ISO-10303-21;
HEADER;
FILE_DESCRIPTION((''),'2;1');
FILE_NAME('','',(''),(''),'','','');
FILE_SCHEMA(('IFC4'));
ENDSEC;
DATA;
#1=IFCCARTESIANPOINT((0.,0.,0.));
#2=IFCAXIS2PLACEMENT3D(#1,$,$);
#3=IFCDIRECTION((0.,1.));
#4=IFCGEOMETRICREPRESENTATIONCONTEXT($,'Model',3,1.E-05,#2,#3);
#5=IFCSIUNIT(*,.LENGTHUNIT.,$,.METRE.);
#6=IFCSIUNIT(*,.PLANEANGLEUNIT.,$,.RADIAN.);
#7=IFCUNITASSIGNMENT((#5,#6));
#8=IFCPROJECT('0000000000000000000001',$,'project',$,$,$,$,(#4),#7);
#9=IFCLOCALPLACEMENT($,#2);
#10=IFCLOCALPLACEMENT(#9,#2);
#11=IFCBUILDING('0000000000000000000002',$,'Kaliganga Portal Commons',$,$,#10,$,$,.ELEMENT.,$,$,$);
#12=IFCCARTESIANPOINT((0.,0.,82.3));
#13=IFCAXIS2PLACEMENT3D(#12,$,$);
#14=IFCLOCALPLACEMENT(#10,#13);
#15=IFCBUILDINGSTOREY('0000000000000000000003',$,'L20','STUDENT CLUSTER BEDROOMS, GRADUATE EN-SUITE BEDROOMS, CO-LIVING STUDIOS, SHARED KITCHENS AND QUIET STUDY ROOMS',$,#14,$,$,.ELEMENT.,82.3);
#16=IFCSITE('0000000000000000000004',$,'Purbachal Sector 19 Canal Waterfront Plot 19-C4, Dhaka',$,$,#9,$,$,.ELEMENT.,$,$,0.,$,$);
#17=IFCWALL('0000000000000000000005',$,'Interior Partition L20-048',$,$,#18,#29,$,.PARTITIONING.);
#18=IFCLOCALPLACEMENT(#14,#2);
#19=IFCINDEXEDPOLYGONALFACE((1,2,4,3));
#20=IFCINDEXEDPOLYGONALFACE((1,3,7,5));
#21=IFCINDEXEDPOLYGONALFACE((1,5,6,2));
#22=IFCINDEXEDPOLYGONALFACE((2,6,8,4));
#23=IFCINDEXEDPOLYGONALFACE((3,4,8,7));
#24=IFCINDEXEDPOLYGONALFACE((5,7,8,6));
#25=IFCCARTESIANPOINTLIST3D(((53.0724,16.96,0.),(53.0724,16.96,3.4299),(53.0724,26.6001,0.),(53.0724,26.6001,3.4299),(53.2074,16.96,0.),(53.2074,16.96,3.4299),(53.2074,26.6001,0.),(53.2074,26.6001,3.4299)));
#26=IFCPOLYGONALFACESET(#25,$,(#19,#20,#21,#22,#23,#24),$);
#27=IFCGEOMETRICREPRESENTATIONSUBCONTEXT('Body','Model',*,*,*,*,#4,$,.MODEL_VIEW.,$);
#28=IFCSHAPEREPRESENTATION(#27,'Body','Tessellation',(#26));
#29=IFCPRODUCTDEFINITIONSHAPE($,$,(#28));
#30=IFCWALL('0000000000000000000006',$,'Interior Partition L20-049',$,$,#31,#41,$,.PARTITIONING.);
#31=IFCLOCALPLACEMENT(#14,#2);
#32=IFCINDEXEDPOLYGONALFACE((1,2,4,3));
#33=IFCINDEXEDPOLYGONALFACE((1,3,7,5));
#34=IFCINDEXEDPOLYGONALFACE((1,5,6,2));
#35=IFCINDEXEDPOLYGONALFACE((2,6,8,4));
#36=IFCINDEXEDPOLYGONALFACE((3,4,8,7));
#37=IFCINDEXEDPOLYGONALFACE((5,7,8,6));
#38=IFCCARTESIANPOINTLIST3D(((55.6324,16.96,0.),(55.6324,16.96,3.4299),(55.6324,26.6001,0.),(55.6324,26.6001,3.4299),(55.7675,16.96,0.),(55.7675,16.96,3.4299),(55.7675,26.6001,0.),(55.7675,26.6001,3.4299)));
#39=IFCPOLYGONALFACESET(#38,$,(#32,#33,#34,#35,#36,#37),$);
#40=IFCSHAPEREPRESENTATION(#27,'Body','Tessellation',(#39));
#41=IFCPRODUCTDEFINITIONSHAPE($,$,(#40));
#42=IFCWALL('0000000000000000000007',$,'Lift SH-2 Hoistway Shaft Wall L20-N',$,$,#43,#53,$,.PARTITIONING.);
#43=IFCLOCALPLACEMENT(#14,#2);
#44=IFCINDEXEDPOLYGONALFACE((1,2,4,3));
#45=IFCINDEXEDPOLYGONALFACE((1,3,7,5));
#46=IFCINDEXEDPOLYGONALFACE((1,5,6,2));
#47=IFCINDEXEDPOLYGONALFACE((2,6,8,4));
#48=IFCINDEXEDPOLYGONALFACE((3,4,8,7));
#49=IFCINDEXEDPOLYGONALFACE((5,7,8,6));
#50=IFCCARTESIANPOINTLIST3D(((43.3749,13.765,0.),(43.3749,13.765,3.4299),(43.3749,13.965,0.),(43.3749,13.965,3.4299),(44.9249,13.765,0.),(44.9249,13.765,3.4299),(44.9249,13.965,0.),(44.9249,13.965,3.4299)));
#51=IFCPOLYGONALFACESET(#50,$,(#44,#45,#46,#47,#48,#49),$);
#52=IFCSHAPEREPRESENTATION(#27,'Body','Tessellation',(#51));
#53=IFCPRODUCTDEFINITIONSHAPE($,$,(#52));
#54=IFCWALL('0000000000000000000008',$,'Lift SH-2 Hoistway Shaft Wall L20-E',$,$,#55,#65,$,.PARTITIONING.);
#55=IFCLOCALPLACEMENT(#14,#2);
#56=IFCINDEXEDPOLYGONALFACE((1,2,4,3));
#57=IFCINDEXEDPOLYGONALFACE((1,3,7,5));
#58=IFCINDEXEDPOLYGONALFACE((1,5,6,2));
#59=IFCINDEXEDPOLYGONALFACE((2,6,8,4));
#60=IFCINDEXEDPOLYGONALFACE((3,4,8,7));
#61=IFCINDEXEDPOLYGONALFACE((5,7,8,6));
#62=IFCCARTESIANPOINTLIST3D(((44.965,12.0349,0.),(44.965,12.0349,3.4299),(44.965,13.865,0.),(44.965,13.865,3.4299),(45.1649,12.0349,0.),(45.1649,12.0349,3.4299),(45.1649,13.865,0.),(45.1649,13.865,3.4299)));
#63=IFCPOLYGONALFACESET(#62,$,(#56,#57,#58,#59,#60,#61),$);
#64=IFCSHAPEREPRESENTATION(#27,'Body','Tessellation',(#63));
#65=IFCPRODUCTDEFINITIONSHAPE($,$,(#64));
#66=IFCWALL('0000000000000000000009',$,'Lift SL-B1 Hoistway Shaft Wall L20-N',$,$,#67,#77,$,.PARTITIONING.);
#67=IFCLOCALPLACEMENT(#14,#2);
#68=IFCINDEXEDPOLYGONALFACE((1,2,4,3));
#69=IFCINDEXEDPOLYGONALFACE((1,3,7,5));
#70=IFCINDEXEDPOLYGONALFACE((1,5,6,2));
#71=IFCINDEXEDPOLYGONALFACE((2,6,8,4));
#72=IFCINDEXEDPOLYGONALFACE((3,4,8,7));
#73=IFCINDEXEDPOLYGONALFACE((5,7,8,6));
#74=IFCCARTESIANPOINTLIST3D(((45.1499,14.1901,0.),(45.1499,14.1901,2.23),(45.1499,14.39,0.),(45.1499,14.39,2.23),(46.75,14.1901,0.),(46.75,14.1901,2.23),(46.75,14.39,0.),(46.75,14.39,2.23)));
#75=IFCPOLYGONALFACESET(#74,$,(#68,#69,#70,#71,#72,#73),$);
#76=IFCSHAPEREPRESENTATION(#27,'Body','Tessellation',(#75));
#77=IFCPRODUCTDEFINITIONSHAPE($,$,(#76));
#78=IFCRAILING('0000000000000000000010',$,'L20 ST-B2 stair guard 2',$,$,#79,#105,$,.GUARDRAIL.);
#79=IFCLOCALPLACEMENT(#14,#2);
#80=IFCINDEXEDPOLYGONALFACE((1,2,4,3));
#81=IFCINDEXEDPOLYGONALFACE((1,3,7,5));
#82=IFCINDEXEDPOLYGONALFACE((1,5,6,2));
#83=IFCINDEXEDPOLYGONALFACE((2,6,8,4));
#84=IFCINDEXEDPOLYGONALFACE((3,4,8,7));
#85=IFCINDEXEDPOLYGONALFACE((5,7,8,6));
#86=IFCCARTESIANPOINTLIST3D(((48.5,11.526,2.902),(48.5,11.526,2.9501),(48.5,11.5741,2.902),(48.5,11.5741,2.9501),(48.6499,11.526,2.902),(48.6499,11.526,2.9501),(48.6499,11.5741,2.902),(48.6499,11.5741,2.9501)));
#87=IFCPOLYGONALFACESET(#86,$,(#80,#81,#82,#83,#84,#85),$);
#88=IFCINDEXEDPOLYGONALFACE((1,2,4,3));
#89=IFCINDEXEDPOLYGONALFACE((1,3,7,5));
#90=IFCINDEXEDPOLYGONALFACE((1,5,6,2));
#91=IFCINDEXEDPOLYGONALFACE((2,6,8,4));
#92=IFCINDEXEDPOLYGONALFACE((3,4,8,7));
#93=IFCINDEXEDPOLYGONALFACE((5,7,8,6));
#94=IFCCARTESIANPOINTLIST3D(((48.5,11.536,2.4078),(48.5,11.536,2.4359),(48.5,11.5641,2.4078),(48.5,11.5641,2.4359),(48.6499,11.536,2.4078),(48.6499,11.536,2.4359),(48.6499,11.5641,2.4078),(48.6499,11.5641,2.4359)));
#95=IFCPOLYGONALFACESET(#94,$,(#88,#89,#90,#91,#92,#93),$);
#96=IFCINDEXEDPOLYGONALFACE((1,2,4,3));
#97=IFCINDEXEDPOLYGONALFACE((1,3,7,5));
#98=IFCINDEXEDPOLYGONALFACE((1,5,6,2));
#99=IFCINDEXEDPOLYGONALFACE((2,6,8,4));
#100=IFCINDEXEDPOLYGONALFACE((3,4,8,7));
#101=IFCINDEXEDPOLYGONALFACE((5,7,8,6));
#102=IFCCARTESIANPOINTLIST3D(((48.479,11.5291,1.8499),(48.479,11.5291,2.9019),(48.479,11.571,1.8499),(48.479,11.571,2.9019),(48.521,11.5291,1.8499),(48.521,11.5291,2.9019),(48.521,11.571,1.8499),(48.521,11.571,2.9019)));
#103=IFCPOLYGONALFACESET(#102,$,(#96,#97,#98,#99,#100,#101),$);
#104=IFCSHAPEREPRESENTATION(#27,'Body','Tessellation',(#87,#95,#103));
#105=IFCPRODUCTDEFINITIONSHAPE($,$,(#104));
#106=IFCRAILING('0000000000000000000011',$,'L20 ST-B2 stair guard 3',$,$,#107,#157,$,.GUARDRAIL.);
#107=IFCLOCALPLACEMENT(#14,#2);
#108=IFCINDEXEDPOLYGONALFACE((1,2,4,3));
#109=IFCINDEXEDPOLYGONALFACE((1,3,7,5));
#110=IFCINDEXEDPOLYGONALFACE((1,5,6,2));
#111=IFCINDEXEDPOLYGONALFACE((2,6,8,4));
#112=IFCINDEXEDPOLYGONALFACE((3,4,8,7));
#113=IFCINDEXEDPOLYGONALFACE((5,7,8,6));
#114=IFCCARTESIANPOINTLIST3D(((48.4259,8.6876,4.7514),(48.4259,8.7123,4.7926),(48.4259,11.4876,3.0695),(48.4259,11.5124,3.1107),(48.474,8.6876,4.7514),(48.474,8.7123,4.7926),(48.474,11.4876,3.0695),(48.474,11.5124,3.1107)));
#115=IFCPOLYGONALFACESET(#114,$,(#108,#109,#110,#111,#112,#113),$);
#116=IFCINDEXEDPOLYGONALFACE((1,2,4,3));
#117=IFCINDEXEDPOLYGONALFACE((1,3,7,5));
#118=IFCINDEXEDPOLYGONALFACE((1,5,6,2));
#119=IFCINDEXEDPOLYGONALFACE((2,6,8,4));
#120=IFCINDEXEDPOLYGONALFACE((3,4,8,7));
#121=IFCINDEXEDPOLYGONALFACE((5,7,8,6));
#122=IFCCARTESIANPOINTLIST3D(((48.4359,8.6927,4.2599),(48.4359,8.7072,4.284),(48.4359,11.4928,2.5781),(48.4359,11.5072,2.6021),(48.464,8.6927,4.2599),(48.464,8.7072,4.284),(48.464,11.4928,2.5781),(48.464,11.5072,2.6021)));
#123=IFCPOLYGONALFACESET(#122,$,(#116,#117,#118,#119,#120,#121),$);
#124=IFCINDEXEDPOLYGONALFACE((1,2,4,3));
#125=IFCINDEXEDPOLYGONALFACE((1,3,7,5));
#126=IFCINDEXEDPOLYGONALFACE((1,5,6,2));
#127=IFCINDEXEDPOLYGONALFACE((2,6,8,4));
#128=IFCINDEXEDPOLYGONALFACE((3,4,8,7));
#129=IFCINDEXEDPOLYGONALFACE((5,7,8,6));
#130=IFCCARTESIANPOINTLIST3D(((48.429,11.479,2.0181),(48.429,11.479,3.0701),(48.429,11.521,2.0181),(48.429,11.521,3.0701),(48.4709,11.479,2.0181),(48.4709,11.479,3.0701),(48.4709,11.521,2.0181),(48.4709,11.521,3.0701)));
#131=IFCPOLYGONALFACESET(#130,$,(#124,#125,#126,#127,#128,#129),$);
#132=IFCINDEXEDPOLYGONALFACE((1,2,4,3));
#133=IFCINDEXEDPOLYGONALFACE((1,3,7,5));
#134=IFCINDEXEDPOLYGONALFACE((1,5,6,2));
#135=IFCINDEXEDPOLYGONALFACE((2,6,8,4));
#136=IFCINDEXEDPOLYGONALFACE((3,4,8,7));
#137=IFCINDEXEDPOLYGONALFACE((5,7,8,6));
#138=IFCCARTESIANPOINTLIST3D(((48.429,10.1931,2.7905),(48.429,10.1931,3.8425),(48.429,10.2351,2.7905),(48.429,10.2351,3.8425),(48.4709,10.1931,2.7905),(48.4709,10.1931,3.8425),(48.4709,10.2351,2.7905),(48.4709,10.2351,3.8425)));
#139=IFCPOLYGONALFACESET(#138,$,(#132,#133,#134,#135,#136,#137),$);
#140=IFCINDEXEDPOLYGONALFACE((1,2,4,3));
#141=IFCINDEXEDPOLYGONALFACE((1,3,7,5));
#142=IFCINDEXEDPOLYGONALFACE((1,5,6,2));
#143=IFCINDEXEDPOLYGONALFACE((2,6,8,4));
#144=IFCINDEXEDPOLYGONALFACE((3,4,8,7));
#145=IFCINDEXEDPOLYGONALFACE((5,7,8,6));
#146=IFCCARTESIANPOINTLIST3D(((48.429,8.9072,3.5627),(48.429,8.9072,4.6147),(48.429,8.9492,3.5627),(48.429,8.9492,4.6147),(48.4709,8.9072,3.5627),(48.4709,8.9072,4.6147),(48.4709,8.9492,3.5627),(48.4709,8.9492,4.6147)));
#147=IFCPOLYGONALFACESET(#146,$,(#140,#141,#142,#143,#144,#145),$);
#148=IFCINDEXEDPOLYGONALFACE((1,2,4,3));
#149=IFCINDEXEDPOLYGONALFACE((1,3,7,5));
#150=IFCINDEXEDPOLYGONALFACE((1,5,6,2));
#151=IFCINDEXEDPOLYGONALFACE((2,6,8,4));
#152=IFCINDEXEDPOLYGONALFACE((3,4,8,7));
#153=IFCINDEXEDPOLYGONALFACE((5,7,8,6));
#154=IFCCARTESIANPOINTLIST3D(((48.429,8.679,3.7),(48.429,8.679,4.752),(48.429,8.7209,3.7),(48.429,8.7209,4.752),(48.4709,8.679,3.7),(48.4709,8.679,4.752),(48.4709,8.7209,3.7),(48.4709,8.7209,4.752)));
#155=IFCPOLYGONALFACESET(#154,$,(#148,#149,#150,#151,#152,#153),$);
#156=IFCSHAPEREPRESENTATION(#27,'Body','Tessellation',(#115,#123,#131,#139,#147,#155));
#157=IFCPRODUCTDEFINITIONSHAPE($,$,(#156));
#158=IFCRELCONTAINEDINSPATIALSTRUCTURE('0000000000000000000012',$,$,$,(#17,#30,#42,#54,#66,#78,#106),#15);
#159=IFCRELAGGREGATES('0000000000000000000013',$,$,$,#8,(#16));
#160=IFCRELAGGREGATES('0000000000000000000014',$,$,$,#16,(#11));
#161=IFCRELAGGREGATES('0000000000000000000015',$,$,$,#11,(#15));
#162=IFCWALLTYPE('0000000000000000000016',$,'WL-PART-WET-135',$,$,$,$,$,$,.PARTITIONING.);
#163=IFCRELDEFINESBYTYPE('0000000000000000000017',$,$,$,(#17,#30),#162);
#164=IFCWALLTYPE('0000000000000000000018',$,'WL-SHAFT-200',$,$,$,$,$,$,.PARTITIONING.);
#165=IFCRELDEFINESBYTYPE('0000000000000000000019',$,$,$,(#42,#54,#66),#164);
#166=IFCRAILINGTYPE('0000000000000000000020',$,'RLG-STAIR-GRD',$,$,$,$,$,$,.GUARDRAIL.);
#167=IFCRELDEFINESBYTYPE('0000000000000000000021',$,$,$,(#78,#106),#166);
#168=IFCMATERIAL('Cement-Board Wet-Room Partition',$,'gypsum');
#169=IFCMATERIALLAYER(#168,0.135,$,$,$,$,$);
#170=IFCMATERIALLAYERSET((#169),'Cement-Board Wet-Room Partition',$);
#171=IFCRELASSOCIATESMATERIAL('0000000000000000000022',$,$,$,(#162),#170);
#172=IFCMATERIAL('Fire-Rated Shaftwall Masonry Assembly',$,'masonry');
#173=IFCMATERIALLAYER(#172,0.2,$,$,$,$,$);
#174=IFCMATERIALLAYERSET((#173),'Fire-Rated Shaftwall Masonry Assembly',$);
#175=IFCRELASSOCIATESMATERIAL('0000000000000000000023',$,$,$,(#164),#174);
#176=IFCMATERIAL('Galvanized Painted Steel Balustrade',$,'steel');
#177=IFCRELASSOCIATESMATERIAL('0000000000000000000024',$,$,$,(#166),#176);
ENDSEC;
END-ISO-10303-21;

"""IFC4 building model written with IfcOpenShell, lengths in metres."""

from ifc_helpers import new_model, si_unit, direction, frame, frame_2d, origin, origin_2d, place, context, subcontext, project, spatial, rectangle, extrude, material, layer, layer_set, type_object, element, save


model = new_model("IFC4")

# Units and contexts
model_context = context("Model", 3, precision=1e-05, world=origin(), true_north=direction((0.0, 1.0)))
body_context = subcontext(model_context, "Body", "Model", "MODEL_VIEW")
ifc_project = project(units=[si_unit("LENGTHUNIT", "METRE"), si_unit("PLANEANGLEUNIT", "RADIAN")], contexts=[model_context])

# Site, building, storey
site_placement = place(None, origin())
site = spatial("IfcSite", under=ifc_project, at=site_placement, Name="Purbachal Sector 19 Canal Waterfront Plot 19-C4, Dhaka", CompositionType="ELEMENT", RefElevation=0.0)
building_placement = place(site_placement, origin())
building = spatial("IfcBuilding", under=site, at=building_placement, Name="Kaliganga Portal Commons", CompositionType="ELEMENT")
storey_placement = place(building_placement, frame((0.0, 0.0, 82.3)))
storey = spatial("IfcBuildingStorey", under=building, at=storey_placement, Name="L20", Description="STUDENT CLUSTER BEDROOMS, GRADUATE EN-SUITE BEDROOMS, CO-LIVING STUDIOS, SHARED KITCHENS AND QUIET STUDY ROOMS", CompositionType="ELEMENT", Elevation=82.3)

# Walls
ifc_material_1 = material(Name="Cement-Board Wet-Room Partition", Category="gypsum")
ifc_layer_1 = layer(ifc_material_1, 0.135)
ifc_layer_set_1 = layer_set([ifc_layer_1], Name="Cement-Board Wet-Room Partition")
wall_type_1 = type_object("IfcWallType", Name="WL-PART-WET-135", PredefinedType="PARTITIONING", material=ifc_layer_set_1)
for number, where, z_axis, x_axis, name in (
    (1, (53.1399, 16.96, 0.0), (0.0, 0.0, 1.0), (0.0, 1.0, 0.0), "Interior Partition L20-048"),
    (2, (55.7, 16.96, 0.0), (0.0, 0.0, 1.0), (0.0, 1.0, 0.0), "Interior Partition L20-049"),
):
    element("IfcWall", number, at=place(storey_placement, frame(where, z_axis=z_axis, x_axis=x_axis)), inside=storey, type_object=wall_type_1, Name=name, PredefinedType="PARTITIONING", context=body_context, shape_type="SweptSolid", body=[
        extrude(rectangle(XDim=9.6401, YDim=0.135, at=frame_2d((4.8201, 0.0))), origin(), (0.0, 0.0, 1.0), 3.4299),
    ])
ifc_material_2 = material(Name="Fire-Rated Shaftwall Masonry Assembly", Category="masonry")
ifc_layer_2 = layer(ifc_material_2, 0.2)
ifc_layer_set_2 = layer_set([ifc_layer_2], Name="Fire-Rated Shaftwall Masonry Assembly")
wall_type_2 = type_object("IfcWallType", Name="WL-SHAFT-200", PredefinedType="PARTITIONING", material=ifc_layer_set_2)
wall_1_placement = place(storey_placement, frame((43.375, 13.865, 0.0), z_axis=(0.0, 0.0, 1.0), x_axis=(1.0, 0.0, 0.0)))
element("IfcWall", 3, at=wall_1_placement, inside=storey, type_object=wall_type_2, Name="Lift SH-2 Hoistway Shaft Wall L20-N", PredefinedType="PARTITIONING", context=body_context, shape_type="SweptSolid", body=[
    extrude(rectangle(XDim=1.55, YDim=0.2, at=frame_2d((0.7749, 0.0))), origin(), (0.0, 0.0, 1.0), 3.4299),
])
wall_2_placement = place(storey_placement, frame((45.0649, 12.0349, 0.0), z_axis=(0.0, 0.0, 1.0), x_axis=(0.0, 1.0, 0.0)))
element("IfcWall", 4, at=wall_2_placement, inside=storey, type_object=wall_type_2, Name="Lift SH-2 Hoistway Shaft Wall L20-E", PredefinedType="PARTITIONING", context=body_context, shape_type="SweptSolid", body=[
    extrude(rectangle(XDim=1.8301, YDim=0.2, at=frame_2d((0.915, 0.0))), origin(), (0.0, 0.0, 1.0), 3.4299),
])

# Wall
wall_3_placement = place(storey_placement, frame((45.1499, 14.29, 0.0), z_axis=(0.0, 0.0, 1.0), x_axis=(1.0, 0.0, 0.0)))
element("IfcWall", 5, at=wall_3_placement, inside=storey, type_object=wall_type_2, Name="Lift SL-B1 Hoistway Shaft Wall L20-N", PredefinedType="PARTITIONING", context=body_context, shape_type="SweptSolid", body=[
    extrude(rectangle(XDim=1.6001, YDim=0.2, at=frame_2d((0.8, 0.0))), origin(), (0.0, 0.0, 1.0), 2.23),
])

# Railings
ifc_material_3 = material(Name="Galvanized Painted Steel Balustrade", Category="steel")
railing_type = type_object("IfcRailingType", Name="RLG-STAIR-GRD", PredefinedType="GUARDRAIL", material=ifc_material_3)
railing_1_placement = place(storey_placement, frame((48.6499, 11.55, 1.8499)))
element("IfcRailing", 6, at=railing_1_placement, inside=storey, type_object=railing_type, Name="L20 ST-B2 stair guard 2", PredefinedType="GUARDRAIL", context=body_context, shape_type="SweptSolid", body=[
    extrude(rectangle(XDim=0.0481, YDim=0.0481, at=origin_2d()), frame((0.0, 0.0, 1.0762), z_axis=(-1.0, 0.0, 0.0), x_axis=(0.0, -1.0, 0.0)), (0.0, 0.0, 1.0), 0.1499),
    extrude(rectangle(XDim=0.0281, YDim=0.0281, at=origin_2d()), frame((0.0, 0.0, 0.572), z_axis=(-1.0, 0.0, 0.0), x_axis=(0.0, -1.0, 0.0)), (0.0, 0.0, 1.0), 0.1499),
    extrude(rectangle(XDim=0.042, YDim=0.042, at=origin_2d()), frame((-0.1499, 0.0, 0.0)), (0.0, 0.0, 1.0), 1.052),
])
railing_2_placement = place(storey_placement, frame((48.45, 11.5, 2.0181)))
element("IfcRailing", 7, at=railing_2_placement, inside=storey, type_object=railing_type, Name="L20 ST-B2 stair guard 3", PredefinedType="GUARDRAIL", context=body_context, shape_type="SweptSolid", body=[
    extrude(rectangle(XDim=0.0481, YDim=0.0481, at=origin_2d()), frame((0.0, 0.0, 1.072), z_axis=(0.0, -0.857242, 0.514913), x_axis=(1.0, 0.0, 0.0)), (0.0, 0.0, 1.0), 3.2664),
    extrude(rectangle(XDim=0.0281, YDim=0.0281, at=origin_2d()), frame((0.0, 0.0, 0.572), z_axis=(0.0, -0.857242, 0.514913), x_axis=(1.0, 0.0, 0.0)), (0.0, 0.0, 1.0), 3.2664),
    extrude(rectangle(XDim=0.042, YDim=0.042, at=origin_2d()), origin(), (0.0, 0.0, 1.0), 1.052),
    extrude(rectangle(XDim=0.042, YDim=0.042, at=origin_2d()), frame((0.0, -1.2859, 0.7725)), (0.0, 0.0, 1.0), 1.052),
    extrude(rectangle(XDim=0.042, YDim=0.042, at=origin_2d()), frame((0.0, -2.5718, 1.5447)), (0.0, 0.0, 1.0), 1.052),
    extrude(rectangle(XDim=0.042, YDim=0.042, at=origin_2d()), frame((0.0, -2.8, 1.6819)), (0.0, 0.0, 1.0), 1.052),
])

save(model, "model.ifc")
